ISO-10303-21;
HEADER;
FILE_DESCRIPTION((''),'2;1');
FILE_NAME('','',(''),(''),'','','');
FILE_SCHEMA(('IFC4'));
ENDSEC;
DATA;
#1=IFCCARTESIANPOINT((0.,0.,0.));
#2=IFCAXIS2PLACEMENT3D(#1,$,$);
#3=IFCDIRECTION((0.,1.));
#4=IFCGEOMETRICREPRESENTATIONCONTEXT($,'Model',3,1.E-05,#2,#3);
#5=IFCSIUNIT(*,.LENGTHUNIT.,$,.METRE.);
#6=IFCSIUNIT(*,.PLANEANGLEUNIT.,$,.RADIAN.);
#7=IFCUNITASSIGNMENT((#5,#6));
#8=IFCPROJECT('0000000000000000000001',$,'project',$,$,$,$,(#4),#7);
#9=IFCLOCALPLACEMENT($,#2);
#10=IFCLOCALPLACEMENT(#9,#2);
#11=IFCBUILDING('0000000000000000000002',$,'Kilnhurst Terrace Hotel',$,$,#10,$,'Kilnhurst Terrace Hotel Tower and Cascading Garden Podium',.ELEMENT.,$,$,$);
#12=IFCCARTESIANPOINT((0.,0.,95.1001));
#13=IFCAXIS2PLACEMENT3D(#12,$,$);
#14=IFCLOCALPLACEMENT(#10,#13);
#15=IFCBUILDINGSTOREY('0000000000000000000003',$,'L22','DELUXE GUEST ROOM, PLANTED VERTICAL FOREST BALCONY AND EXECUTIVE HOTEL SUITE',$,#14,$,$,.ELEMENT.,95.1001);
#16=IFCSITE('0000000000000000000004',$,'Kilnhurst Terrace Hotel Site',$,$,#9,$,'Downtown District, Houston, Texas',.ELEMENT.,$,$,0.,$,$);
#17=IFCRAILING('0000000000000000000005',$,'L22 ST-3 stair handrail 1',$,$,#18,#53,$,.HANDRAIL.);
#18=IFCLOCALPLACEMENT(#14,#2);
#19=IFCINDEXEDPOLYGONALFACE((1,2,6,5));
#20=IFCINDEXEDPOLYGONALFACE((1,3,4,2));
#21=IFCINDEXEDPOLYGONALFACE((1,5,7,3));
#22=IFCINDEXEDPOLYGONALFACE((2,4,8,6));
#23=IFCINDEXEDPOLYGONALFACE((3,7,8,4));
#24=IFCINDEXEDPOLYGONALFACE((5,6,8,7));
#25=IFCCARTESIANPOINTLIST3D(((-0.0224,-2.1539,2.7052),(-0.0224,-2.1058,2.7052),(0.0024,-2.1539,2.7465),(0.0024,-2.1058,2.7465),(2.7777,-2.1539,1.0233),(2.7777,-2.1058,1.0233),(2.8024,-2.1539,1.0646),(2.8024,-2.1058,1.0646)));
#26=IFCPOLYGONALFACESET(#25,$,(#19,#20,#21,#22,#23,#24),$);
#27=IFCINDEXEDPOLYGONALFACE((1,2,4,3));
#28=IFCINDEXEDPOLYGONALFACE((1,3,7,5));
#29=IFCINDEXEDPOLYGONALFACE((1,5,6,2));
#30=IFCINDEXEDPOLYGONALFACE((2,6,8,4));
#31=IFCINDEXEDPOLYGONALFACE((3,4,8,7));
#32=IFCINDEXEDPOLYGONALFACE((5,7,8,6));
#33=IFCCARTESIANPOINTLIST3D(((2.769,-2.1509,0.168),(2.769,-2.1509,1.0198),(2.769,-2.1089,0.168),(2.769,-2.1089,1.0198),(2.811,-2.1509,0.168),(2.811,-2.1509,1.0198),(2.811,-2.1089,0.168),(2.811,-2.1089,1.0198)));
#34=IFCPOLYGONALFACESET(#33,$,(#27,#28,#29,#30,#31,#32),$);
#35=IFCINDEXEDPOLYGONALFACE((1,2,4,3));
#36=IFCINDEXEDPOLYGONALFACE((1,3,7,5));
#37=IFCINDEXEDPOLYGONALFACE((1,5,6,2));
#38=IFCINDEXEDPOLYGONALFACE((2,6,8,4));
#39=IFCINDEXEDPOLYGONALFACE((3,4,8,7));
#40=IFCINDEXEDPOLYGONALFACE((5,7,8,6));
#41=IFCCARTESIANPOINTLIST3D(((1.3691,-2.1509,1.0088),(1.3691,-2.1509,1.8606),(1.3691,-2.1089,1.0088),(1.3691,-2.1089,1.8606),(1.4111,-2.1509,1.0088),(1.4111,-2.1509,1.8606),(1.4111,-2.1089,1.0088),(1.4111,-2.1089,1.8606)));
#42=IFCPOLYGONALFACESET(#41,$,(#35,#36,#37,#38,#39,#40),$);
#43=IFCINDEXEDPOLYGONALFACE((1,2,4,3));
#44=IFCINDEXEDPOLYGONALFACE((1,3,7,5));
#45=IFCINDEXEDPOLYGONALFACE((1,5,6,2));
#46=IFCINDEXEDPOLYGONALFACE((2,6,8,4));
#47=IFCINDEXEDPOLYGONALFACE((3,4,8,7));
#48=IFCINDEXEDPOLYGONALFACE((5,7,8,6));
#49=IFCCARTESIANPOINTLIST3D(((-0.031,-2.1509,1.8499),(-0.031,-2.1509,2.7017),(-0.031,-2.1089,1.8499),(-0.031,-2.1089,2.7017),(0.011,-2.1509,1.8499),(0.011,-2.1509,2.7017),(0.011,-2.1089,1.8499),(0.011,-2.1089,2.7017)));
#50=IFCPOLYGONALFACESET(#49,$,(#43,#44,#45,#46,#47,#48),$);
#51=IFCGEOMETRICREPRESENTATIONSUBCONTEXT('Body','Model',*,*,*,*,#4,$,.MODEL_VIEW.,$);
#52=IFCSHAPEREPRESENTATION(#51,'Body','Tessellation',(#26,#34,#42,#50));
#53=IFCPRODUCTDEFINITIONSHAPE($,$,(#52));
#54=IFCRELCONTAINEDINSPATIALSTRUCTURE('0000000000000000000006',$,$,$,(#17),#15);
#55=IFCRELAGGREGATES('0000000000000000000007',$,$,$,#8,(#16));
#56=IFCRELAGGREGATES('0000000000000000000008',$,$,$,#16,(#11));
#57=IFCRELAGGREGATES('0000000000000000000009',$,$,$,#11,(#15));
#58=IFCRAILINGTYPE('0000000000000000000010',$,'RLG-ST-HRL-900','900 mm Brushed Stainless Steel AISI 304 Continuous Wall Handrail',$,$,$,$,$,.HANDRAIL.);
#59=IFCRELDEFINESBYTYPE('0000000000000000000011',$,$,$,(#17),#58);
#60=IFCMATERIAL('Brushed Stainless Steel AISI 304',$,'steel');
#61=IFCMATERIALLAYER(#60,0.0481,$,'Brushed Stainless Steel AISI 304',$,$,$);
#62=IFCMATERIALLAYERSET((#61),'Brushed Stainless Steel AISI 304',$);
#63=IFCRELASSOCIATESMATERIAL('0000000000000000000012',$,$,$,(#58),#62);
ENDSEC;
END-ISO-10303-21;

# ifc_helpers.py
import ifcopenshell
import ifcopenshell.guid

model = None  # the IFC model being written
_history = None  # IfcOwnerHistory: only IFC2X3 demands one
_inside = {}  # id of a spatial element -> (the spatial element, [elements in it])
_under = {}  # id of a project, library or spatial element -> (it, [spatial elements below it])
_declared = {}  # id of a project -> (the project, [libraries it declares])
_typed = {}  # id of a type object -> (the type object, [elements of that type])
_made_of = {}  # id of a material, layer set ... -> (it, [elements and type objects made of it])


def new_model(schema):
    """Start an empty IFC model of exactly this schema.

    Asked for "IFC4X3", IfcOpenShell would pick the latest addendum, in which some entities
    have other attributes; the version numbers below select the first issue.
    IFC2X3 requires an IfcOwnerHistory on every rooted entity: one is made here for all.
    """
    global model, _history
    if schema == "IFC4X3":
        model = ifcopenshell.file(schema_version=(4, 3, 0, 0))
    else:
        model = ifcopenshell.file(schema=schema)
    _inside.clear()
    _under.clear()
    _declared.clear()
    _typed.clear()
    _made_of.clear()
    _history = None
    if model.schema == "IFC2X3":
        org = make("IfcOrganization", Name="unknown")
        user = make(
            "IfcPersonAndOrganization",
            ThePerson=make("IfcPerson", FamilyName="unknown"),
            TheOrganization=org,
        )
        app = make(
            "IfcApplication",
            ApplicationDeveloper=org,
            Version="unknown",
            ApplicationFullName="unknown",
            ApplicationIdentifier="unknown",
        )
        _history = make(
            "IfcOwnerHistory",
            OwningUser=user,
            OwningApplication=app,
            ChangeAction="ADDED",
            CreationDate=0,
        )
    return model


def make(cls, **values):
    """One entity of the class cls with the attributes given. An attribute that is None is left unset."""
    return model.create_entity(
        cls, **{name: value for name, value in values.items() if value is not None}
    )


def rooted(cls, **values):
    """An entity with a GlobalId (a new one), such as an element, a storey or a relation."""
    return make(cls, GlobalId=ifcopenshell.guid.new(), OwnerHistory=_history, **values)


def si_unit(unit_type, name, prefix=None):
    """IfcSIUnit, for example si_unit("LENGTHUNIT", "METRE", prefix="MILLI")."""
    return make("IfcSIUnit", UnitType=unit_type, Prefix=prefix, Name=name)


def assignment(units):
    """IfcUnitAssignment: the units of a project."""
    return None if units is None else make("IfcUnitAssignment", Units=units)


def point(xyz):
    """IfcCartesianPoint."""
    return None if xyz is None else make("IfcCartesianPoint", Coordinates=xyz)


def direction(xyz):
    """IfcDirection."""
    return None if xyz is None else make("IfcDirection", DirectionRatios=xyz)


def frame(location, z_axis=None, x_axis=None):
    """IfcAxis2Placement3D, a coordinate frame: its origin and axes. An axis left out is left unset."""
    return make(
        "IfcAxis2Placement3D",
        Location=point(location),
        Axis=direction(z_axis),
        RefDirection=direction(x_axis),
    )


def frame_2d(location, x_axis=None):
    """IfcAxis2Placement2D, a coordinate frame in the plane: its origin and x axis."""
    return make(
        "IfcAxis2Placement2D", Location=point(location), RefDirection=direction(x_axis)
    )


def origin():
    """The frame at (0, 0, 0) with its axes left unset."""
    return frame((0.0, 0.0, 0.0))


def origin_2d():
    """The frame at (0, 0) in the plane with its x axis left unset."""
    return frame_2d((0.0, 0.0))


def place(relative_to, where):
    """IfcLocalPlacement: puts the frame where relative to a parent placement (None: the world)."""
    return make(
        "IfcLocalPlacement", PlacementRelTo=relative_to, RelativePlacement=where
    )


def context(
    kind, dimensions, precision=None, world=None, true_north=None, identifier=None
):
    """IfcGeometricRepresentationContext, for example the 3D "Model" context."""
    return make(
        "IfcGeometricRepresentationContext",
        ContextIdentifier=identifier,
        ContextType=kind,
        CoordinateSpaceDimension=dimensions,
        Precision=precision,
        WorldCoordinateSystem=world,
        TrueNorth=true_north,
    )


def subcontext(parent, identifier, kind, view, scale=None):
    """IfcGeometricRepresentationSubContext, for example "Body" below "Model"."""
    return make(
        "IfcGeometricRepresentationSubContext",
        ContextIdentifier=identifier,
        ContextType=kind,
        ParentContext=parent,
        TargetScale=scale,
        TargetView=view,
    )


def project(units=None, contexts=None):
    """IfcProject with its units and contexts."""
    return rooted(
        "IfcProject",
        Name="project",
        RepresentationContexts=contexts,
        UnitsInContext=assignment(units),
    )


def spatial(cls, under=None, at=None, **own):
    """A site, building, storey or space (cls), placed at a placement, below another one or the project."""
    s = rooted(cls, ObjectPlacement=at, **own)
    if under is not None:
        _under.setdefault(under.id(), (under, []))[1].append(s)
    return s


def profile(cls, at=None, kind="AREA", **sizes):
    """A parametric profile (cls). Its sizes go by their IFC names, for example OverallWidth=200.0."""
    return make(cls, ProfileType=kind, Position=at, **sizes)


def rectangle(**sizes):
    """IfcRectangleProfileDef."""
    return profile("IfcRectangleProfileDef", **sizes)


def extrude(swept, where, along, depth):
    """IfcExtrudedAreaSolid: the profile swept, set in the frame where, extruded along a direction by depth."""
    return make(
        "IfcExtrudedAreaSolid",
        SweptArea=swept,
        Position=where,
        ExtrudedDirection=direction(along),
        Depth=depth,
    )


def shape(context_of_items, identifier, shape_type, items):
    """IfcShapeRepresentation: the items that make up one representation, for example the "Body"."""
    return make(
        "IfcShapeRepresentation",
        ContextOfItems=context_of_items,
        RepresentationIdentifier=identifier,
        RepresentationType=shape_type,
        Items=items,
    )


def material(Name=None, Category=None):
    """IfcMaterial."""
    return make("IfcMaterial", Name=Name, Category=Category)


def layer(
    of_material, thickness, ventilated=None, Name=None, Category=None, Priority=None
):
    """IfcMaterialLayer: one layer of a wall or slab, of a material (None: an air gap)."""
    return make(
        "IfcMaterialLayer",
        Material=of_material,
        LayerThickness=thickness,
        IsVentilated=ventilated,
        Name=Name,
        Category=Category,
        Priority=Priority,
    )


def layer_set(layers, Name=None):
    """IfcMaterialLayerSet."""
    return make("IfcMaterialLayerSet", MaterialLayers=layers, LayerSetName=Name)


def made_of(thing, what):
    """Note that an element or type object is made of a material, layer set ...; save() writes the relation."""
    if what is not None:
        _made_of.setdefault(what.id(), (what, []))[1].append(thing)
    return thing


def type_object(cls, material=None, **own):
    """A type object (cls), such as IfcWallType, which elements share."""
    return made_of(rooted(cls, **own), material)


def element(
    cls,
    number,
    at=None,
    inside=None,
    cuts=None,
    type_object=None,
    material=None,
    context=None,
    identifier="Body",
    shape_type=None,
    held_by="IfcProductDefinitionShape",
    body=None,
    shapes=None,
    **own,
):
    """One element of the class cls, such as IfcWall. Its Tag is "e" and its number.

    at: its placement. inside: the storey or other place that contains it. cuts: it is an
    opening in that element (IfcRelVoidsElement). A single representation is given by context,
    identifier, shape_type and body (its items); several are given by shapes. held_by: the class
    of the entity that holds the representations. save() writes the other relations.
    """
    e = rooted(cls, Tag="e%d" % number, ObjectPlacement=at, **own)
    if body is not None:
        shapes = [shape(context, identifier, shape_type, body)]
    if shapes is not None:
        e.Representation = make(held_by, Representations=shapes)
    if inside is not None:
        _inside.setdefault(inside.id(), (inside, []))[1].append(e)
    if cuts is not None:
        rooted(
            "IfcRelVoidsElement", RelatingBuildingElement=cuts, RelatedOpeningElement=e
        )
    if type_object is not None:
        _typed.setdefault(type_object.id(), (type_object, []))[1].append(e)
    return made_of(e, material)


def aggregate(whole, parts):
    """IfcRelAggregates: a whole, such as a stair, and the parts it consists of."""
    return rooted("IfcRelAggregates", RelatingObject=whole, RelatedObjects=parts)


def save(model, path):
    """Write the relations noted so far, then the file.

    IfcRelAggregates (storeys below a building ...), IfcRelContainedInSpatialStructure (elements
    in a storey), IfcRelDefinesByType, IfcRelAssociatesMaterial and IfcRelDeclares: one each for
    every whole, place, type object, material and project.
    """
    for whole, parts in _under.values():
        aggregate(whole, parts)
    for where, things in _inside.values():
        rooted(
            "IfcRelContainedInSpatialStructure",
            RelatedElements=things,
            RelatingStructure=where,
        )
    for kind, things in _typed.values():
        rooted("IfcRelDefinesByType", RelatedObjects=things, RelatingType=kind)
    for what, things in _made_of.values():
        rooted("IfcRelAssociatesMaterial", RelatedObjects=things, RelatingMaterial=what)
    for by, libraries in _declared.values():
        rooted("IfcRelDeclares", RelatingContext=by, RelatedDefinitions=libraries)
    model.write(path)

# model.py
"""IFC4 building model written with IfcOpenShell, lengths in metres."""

from ifc_helpers import new_model, si_unit, direction, frame, origin, origin_2d, place, context, subcontext, project, spatial, rectangle, extrude, material, layer, layer_set, type_object, element, save


model = new_model("IFC4")

# Units and contexts
model_context = context("Model", 3, precision=1e-05, world=origin(), true_north=direction((0.0, 1.0)))
body_context = subcontext(model_context, "Body", "Model", "MODEL_VIEW")
ifc_project = project(units=[si_unit("LENGTHUNIT", "METRE"), si_unit("PLANEANGLEUNIT", "RADIAN")], contexts=[model_context])

# Site, building, storey
site_placement = place(None, origin())
site = spatial("IfcSite", under=ifc_project, at=site_placement, Name="Kilnhurst Terrace Hotel Site", LongName="Downtown District, Houston, Texas", CompositionType="ELEMENT", RefElevation=0.0)
building_placement = place(site_placement, origin())
building = spatial("IfcBuilding", under=site, at=building_placement, Name="Kilnhurst Terrace Hotel", LongName="Kilnhurst Terrace Hotel Tower and Cascading Garden Podium", CompositionType="ELEMENT")
storey_placement = place(building_placement, frame((0.0, 0.0, 95.1001)))
storey = spatial("IfcBuildingStorey", under=building, at=storey_placement, Name="L22", Description="DELUXE GUEST ROOM, PLANTED VERTICAL FOREST BALCONY AND EXECUTIVE HOTEL SUITE", CompositionType="ELEMENT", Elevation=95.1001)

# Railing
ifc_material_1 = material(Name="Brushed Stainless Steel AISI 304", Category="steel")
ifc_layer_1 = layer(ifc_material_1, 0.0481, Name="Brushed Stainless Steel AISI 304")
ifc_layer_set_1 = layer_set([ifc_layer_1], Name="Brushed Stainless Steel AISI 304")
railing_type_1 = type_object("IfcRailingType", Name="RLG-ST-HRL-900", Description="900 mm Brushed Stainless Steel AISI 304 Continuous Wall Handrail", PredefinedType="HANDRAIL", material=ifc_layer_set_1)
railing_1_placement = place(storey_placement, frame((2.79, -2.1299, 0.168)))
element("IfcRailing", 1, at=railing_1_placement, inside=storey, type_object=railing_type_1, Name="L22 ST-3 stair handrail 1", PredefinedType="HANDRAIL", context=body_context, shape_type="SweptSolid", body=[
    extrude(rectangle(XDim=0.0481, YDim=0.0481, at=origin_2d()), frame((0.0, 0.0, 0.876), z_axis=(-0.857242, 0.0, 0.514913), x_axis=(0.0, -1.0, 0.0)), (0.0, 0.0, 1.0), 3.2664),
    extrude(rectangle(XDim=0.042, YDim=0.042, at=origin_2d()), origin(), (0.0, 0.0, 1.0), 0.8518),
    extrude(rectangle(XDim=0.042, YDim=0.042, at=origin_2d()), frame((-1.3999, 0.0, 0.8408)), (0.0, 0.0, 1.0), 0.8518),
    extrude(rectangle(XDim=0.042, YDim=0.042, at=origin_2d()), frame((-2.8, 0.0, 1.6819)), (0.0, 0.0, 1.0), 0.8518),
])

save(model, "model.ifc")
